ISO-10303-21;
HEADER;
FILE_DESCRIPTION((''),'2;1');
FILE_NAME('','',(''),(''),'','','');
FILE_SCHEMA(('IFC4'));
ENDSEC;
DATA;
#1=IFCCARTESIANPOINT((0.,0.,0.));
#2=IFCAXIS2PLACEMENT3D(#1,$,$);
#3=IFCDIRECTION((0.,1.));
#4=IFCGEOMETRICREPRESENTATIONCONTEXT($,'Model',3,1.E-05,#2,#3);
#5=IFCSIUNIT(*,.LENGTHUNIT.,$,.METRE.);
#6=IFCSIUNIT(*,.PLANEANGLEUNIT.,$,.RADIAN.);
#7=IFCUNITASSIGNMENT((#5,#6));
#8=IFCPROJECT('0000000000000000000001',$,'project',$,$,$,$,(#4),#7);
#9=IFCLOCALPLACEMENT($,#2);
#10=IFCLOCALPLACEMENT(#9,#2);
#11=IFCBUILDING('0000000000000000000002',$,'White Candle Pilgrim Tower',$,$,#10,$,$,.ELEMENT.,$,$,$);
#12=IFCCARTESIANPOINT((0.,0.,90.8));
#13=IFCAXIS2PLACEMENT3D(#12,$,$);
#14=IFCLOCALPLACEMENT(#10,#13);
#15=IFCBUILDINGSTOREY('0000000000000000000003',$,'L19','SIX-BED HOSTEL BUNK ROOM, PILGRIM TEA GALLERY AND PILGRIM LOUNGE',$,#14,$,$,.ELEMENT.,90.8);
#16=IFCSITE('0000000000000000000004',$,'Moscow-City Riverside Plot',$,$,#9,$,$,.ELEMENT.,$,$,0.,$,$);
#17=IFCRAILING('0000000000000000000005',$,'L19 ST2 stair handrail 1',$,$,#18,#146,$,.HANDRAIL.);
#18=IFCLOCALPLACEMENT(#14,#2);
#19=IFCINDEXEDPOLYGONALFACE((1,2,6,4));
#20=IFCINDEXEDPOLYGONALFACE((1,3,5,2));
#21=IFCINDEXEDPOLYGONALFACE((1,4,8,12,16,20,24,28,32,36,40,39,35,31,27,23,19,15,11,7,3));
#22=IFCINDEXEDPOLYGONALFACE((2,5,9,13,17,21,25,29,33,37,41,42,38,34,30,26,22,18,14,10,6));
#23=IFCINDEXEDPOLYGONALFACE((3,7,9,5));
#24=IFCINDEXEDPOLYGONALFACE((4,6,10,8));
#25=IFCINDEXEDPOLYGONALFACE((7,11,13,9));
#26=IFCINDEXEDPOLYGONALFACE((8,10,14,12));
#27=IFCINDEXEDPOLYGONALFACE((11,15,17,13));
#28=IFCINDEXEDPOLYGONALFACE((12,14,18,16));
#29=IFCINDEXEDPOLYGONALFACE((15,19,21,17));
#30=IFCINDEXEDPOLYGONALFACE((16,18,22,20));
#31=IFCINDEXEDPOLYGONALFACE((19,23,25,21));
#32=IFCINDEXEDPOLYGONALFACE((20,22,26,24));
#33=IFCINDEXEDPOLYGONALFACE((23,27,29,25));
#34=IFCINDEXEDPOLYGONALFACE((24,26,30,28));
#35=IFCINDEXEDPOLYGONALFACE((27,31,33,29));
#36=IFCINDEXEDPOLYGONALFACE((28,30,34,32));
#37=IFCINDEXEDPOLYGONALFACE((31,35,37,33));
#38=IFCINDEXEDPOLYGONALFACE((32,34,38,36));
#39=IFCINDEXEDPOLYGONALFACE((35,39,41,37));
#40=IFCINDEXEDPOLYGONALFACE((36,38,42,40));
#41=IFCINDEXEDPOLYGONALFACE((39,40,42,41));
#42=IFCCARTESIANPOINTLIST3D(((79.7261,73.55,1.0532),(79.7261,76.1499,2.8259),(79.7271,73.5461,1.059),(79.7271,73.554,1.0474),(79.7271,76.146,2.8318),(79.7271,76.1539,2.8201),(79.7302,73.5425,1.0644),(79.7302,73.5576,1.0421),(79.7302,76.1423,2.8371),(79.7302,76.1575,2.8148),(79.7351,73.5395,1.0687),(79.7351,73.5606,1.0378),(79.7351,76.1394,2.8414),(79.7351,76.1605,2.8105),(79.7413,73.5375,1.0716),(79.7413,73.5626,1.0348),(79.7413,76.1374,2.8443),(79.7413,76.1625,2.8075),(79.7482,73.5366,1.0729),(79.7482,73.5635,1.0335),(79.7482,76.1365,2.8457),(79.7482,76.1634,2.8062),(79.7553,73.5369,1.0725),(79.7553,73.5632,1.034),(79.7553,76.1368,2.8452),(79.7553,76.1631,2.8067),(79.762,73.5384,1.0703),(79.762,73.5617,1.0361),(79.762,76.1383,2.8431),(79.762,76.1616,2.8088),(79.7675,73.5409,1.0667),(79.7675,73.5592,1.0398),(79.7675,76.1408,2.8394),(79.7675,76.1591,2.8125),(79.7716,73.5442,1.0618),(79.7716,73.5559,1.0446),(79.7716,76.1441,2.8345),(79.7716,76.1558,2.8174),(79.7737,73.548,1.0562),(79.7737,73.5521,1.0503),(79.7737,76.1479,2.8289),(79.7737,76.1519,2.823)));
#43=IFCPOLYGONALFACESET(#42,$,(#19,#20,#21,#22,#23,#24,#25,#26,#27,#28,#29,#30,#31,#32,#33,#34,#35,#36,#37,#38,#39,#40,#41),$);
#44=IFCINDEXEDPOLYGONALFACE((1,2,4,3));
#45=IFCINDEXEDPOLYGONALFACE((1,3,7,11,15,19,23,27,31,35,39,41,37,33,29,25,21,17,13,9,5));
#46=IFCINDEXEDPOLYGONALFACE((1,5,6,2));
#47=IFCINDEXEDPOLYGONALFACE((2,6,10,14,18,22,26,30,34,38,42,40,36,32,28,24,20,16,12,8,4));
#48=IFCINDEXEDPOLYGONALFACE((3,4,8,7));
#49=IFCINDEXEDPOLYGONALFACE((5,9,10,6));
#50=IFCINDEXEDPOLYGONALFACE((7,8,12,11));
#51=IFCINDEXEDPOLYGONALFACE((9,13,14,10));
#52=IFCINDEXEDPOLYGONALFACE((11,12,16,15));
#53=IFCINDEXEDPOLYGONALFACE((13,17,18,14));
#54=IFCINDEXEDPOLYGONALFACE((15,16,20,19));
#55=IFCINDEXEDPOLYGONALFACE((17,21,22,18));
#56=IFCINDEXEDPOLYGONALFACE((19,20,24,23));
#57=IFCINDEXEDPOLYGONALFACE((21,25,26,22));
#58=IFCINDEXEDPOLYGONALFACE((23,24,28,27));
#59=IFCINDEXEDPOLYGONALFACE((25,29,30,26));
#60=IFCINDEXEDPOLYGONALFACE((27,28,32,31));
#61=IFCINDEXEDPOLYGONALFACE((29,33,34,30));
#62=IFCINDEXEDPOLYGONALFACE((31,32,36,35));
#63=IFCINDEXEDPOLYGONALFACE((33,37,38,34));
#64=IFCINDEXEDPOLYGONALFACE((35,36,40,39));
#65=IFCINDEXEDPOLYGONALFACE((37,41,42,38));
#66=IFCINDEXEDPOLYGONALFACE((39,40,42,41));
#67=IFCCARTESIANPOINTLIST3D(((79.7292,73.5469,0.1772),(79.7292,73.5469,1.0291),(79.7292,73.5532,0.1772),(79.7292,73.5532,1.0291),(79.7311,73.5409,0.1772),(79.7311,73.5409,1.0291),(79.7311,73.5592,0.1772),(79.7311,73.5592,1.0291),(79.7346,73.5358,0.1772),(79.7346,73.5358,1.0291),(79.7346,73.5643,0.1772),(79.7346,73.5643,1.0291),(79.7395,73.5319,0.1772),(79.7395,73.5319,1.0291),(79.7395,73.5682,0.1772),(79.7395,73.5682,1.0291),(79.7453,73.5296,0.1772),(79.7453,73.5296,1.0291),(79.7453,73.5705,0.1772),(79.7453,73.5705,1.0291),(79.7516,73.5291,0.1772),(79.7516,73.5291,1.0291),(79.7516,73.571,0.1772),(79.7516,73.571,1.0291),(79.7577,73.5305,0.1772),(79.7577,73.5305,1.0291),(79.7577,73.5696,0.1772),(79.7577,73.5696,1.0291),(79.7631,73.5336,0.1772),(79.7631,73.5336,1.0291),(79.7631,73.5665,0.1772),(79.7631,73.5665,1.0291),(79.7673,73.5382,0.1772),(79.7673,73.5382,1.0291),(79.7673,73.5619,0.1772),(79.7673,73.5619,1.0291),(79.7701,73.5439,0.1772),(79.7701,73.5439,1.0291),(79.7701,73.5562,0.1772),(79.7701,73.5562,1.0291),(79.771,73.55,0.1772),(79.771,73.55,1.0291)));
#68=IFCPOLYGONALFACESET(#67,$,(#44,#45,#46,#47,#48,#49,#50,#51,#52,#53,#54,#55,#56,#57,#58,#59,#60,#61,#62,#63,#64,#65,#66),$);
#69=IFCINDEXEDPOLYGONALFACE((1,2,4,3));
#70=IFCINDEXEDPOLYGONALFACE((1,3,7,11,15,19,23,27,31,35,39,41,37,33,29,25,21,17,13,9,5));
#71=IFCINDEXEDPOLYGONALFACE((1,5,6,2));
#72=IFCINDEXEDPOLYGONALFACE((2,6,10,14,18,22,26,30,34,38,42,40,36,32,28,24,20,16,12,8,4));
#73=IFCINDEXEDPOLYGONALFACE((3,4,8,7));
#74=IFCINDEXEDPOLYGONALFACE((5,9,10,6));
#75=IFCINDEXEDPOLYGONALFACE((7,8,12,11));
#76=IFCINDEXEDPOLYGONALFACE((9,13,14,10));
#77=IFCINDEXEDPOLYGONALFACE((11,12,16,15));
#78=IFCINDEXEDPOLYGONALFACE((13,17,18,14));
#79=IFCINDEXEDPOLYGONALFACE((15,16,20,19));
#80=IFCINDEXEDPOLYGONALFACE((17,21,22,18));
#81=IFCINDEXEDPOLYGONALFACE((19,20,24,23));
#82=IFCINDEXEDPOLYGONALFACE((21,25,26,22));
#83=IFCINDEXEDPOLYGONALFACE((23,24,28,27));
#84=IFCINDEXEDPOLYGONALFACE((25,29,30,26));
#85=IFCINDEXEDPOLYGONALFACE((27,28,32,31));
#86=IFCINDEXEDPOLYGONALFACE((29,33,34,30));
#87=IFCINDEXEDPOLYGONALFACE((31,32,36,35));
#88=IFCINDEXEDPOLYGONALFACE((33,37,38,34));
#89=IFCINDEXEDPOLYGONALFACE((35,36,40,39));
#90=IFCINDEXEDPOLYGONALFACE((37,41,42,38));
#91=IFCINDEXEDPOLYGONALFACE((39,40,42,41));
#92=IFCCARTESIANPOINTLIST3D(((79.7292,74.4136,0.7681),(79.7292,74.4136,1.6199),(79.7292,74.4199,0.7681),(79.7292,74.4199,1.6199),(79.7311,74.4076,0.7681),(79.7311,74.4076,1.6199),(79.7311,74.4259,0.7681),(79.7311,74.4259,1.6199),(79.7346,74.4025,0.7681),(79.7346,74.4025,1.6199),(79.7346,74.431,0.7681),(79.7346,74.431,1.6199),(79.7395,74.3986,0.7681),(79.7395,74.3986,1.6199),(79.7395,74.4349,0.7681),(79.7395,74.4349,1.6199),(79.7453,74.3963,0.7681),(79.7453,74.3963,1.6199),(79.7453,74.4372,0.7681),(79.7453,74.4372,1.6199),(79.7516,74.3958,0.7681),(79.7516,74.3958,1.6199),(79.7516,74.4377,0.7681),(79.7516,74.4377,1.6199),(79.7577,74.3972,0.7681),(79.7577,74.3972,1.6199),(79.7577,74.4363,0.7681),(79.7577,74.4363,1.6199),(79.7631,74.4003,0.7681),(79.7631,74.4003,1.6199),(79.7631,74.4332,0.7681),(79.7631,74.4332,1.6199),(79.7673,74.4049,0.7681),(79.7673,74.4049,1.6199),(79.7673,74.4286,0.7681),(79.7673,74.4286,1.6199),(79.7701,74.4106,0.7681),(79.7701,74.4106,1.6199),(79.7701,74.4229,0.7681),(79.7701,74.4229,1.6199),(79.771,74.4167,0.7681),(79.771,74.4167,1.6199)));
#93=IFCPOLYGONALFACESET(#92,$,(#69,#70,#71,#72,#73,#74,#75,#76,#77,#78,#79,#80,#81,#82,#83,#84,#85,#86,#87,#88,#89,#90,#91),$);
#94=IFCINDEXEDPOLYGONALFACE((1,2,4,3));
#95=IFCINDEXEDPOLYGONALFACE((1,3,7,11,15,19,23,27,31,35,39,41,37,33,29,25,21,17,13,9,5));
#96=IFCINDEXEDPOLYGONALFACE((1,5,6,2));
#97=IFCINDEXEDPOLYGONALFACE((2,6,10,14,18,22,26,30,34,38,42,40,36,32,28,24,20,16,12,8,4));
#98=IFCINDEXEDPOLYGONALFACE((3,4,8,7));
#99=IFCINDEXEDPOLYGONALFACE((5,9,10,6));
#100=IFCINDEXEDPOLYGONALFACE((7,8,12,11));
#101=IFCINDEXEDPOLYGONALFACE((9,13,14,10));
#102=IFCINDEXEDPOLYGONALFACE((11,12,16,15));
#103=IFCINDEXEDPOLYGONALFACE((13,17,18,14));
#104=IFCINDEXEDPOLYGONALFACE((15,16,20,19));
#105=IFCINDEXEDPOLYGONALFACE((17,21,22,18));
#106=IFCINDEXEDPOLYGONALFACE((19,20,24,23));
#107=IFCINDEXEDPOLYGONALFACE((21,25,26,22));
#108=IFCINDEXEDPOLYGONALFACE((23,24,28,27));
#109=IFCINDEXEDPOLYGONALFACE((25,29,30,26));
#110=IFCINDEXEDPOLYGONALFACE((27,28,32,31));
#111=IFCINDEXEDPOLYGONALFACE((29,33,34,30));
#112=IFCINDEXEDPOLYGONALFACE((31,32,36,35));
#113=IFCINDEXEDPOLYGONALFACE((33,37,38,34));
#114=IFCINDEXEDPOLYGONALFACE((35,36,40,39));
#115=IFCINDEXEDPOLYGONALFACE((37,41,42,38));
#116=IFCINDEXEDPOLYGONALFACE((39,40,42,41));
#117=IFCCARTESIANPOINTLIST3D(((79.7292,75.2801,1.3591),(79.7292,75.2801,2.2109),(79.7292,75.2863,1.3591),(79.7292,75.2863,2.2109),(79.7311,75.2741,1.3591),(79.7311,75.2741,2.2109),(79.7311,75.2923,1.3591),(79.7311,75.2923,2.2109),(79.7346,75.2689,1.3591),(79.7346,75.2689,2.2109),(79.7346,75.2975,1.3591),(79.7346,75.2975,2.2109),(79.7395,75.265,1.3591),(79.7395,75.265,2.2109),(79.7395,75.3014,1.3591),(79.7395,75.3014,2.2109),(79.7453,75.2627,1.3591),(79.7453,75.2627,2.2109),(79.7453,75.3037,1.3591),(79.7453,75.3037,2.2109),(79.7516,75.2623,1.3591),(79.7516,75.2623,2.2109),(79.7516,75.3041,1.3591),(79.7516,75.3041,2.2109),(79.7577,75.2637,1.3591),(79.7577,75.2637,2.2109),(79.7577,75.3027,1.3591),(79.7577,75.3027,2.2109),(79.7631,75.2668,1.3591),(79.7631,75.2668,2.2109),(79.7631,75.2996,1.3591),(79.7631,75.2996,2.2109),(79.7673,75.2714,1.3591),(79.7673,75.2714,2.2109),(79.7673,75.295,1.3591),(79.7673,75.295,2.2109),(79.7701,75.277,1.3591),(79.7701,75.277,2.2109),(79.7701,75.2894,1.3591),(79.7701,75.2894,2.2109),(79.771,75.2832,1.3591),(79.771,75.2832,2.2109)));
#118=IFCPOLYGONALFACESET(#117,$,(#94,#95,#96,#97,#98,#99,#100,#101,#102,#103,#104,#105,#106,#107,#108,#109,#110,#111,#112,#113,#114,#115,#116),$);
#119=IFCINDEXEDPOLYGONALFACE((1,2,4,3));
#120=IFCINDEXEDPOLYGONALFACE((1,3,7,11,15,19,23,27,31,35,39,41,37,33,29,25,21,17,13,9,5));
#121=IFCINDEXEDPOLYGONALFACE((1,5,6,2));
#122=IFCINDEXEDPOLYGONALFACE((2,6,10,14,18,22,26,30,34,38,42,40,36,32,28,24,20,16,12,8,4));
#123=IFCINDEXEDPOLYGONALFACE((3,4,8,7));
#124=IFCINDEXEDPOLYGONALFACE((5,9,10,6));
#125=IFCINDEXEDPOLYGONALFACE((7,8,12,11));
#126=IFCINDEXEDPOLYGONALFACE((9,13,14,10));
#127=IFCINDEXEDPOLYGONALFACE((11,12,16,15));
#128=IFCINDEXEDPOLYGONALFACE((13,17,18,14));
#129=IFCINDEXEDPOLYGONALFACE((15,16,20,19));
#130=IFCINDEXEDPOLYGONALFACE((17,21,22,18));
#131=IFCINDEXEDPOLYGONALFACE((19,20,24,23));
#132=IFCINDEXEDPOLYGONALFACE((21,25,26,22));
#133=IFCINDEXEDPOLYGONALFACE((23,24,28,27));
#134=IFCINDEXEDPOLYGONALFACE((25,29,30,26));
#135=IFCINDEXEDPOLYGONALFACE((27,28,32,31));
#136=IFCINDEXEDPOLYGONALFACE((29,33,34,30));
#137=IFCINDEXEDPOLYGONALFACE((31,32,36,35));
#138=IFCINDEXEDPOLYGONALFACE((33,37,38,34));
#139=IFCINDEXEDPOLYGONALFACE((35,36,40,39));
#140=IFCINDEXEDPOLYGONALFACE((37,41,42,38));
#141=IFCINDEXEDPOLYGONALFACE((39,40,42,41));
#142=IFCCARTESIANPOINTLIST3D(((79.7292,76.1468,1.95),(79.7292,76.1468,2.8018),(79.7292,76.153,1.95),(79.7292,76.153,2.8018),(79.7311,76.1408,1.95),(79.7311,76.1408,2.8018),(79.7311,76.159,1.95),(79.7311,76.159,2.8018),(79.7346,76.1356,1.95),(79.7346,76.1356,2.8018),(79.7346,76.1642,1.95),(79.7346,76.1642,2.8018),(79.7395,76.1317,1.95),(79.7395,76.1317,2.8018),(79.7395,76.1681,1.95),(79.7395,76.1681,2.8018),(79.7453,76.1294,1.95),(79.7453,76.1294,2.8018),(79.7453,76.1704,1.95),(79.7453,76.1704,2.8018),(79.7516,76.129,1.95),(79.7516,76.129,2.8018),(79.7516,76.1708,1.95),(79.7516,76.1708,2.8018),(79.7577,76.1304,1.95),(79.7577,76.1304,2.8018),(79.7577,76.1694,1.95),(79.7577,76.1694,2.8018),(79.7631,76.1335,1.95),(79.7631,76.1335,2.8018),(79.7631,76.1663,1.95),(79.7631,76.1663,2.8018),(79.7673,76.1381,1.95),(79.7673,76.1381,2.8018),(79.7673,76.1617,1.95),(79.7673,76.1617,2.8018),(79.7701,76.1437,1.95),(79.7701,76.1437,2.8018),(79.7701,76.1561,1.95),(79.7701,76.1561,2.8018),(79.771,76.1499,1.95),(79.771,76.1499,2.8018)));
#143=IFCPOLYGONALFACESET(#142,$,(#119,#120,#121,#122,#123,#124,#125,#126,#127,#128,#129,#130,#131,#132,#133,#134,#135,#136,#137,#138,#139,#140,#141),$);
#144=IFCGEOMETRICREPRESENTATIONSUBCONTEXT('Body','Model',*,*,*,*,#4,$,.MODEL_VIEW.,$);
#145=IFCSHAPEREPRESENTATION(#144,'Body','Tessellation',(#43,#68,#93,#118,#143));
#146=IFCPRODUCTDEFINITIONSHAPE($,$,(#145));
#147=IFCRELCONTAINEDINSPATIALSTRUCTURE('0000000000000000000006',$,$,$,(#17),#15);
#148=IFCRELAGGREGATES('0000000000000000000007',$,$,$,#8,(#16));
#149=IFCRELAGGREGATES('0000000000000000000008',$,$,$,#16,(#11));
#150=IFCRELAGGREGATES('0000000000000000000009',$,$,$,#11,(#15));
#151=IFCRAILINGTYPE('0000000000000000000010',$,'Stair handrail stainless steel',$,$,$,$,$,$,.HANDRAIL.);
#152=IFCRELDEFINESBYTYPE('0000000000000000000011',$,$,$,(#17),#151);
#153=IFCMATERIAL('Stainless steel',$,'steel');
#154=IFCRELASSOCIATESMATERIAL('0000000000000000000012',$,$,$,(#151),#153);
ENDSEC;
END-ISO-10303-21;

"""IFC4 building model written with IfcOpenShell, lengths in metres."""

from ifc_helpers import new_model, si_unit, direction, frame, origin, origin_2d, place, context, subcontext, project, spatial, circle, extrude, material, type_object, element, save


model = new_model("IFC4")

# Units and contexts
model_context = context("Model", 3, precision=1e-05, world=origin(), true_north=direction((0.0, 1.0)))
body_context = subcontext(model_context, "Body", "Model", "MODEL_VIEW")
ifc_project = project(units=[si_unit("LENGTHUNIT", "METRE"), si_unit("PLANEANGLEUNIT", "RADIAN")], contexts=[model_context])

# Site, building, storey
site_placement = place(None, origin())
site = spatial("IfcSite", under=ifc_project, at=site_placement, Name="Moscow-City Riverside Plot", CompositionType="ELEMENT", RefElevation=0.0)
building_placement = place(site_placement, origin())
building = spatial("IfcBuilding", under=site, at=building_placement, Name="White Candle Pilgrim Tower", CompositionType="ELEMENT")
storey_placement = place(building_placement, frame((0.0, 0.0, 90.8)))
storey = spatial("IfcBuildingStorey", under=building, at=storey_placement, Name="L19", Description="SIX-BED HOSTEL BUNK ROOM, PILGRIM TEA GALLERY AND PILGRIM LOUNGE", CompositionType="ELEMENT", Elevation=90.8)

# Railing
ifc_material_1 = material(Name="Stainless steel", Category="steel")
railing_type_1 = type_object("IfcRailingType", Name="Stair handrail stainless steel", PredefinedType="HANDRAIL", material=ifc_material_1)
railing_1_placement = place(storey_placement, frame((79.75, 73.55, 0.1772)))
element("IfcRailing", 1, at=railing_1_placement, inside=storey, type_object=railing_type_1, Name="L19 ST2 stair handrail 1", PredefinedType="HANDRAIL", context=body_context, shape_type="SweptSolid", body=[
    extrude(circle(Radius=0.0239, at=origin_2d()), frame((0.0, 0.0, 0.876), z_axis=(0.0, 0.826216, 0.563354), x_axis=(-1.0, 0.0, 0.0)), (0.0, 0.0, 1.0), 3.1467),
    extrude(circle(Radius=0.021, at=origin_2d()), origin(), (0.0, 0.0, 1.0), 0.8518),
    extrude(circle(Radius=0.021, at=origin_2d()), frame((0.0, 0.8667, 0.5908)), (0.0, 0.0, 1.0), 0.8518),
    extrude(circle(Radius=0.021, at=origin_2d()), frame((0.0, 1.7332, 1.1819)), (0.0, 0.0, 1.0), 0.8518),
    extrude(circle(Radius=0.021, at=origin_2d()), frame((0.0, 2.5999, 1.7727)), (0.0, 0.0, 1.0), 0.8518),
])

save(model, "model.ifc")
